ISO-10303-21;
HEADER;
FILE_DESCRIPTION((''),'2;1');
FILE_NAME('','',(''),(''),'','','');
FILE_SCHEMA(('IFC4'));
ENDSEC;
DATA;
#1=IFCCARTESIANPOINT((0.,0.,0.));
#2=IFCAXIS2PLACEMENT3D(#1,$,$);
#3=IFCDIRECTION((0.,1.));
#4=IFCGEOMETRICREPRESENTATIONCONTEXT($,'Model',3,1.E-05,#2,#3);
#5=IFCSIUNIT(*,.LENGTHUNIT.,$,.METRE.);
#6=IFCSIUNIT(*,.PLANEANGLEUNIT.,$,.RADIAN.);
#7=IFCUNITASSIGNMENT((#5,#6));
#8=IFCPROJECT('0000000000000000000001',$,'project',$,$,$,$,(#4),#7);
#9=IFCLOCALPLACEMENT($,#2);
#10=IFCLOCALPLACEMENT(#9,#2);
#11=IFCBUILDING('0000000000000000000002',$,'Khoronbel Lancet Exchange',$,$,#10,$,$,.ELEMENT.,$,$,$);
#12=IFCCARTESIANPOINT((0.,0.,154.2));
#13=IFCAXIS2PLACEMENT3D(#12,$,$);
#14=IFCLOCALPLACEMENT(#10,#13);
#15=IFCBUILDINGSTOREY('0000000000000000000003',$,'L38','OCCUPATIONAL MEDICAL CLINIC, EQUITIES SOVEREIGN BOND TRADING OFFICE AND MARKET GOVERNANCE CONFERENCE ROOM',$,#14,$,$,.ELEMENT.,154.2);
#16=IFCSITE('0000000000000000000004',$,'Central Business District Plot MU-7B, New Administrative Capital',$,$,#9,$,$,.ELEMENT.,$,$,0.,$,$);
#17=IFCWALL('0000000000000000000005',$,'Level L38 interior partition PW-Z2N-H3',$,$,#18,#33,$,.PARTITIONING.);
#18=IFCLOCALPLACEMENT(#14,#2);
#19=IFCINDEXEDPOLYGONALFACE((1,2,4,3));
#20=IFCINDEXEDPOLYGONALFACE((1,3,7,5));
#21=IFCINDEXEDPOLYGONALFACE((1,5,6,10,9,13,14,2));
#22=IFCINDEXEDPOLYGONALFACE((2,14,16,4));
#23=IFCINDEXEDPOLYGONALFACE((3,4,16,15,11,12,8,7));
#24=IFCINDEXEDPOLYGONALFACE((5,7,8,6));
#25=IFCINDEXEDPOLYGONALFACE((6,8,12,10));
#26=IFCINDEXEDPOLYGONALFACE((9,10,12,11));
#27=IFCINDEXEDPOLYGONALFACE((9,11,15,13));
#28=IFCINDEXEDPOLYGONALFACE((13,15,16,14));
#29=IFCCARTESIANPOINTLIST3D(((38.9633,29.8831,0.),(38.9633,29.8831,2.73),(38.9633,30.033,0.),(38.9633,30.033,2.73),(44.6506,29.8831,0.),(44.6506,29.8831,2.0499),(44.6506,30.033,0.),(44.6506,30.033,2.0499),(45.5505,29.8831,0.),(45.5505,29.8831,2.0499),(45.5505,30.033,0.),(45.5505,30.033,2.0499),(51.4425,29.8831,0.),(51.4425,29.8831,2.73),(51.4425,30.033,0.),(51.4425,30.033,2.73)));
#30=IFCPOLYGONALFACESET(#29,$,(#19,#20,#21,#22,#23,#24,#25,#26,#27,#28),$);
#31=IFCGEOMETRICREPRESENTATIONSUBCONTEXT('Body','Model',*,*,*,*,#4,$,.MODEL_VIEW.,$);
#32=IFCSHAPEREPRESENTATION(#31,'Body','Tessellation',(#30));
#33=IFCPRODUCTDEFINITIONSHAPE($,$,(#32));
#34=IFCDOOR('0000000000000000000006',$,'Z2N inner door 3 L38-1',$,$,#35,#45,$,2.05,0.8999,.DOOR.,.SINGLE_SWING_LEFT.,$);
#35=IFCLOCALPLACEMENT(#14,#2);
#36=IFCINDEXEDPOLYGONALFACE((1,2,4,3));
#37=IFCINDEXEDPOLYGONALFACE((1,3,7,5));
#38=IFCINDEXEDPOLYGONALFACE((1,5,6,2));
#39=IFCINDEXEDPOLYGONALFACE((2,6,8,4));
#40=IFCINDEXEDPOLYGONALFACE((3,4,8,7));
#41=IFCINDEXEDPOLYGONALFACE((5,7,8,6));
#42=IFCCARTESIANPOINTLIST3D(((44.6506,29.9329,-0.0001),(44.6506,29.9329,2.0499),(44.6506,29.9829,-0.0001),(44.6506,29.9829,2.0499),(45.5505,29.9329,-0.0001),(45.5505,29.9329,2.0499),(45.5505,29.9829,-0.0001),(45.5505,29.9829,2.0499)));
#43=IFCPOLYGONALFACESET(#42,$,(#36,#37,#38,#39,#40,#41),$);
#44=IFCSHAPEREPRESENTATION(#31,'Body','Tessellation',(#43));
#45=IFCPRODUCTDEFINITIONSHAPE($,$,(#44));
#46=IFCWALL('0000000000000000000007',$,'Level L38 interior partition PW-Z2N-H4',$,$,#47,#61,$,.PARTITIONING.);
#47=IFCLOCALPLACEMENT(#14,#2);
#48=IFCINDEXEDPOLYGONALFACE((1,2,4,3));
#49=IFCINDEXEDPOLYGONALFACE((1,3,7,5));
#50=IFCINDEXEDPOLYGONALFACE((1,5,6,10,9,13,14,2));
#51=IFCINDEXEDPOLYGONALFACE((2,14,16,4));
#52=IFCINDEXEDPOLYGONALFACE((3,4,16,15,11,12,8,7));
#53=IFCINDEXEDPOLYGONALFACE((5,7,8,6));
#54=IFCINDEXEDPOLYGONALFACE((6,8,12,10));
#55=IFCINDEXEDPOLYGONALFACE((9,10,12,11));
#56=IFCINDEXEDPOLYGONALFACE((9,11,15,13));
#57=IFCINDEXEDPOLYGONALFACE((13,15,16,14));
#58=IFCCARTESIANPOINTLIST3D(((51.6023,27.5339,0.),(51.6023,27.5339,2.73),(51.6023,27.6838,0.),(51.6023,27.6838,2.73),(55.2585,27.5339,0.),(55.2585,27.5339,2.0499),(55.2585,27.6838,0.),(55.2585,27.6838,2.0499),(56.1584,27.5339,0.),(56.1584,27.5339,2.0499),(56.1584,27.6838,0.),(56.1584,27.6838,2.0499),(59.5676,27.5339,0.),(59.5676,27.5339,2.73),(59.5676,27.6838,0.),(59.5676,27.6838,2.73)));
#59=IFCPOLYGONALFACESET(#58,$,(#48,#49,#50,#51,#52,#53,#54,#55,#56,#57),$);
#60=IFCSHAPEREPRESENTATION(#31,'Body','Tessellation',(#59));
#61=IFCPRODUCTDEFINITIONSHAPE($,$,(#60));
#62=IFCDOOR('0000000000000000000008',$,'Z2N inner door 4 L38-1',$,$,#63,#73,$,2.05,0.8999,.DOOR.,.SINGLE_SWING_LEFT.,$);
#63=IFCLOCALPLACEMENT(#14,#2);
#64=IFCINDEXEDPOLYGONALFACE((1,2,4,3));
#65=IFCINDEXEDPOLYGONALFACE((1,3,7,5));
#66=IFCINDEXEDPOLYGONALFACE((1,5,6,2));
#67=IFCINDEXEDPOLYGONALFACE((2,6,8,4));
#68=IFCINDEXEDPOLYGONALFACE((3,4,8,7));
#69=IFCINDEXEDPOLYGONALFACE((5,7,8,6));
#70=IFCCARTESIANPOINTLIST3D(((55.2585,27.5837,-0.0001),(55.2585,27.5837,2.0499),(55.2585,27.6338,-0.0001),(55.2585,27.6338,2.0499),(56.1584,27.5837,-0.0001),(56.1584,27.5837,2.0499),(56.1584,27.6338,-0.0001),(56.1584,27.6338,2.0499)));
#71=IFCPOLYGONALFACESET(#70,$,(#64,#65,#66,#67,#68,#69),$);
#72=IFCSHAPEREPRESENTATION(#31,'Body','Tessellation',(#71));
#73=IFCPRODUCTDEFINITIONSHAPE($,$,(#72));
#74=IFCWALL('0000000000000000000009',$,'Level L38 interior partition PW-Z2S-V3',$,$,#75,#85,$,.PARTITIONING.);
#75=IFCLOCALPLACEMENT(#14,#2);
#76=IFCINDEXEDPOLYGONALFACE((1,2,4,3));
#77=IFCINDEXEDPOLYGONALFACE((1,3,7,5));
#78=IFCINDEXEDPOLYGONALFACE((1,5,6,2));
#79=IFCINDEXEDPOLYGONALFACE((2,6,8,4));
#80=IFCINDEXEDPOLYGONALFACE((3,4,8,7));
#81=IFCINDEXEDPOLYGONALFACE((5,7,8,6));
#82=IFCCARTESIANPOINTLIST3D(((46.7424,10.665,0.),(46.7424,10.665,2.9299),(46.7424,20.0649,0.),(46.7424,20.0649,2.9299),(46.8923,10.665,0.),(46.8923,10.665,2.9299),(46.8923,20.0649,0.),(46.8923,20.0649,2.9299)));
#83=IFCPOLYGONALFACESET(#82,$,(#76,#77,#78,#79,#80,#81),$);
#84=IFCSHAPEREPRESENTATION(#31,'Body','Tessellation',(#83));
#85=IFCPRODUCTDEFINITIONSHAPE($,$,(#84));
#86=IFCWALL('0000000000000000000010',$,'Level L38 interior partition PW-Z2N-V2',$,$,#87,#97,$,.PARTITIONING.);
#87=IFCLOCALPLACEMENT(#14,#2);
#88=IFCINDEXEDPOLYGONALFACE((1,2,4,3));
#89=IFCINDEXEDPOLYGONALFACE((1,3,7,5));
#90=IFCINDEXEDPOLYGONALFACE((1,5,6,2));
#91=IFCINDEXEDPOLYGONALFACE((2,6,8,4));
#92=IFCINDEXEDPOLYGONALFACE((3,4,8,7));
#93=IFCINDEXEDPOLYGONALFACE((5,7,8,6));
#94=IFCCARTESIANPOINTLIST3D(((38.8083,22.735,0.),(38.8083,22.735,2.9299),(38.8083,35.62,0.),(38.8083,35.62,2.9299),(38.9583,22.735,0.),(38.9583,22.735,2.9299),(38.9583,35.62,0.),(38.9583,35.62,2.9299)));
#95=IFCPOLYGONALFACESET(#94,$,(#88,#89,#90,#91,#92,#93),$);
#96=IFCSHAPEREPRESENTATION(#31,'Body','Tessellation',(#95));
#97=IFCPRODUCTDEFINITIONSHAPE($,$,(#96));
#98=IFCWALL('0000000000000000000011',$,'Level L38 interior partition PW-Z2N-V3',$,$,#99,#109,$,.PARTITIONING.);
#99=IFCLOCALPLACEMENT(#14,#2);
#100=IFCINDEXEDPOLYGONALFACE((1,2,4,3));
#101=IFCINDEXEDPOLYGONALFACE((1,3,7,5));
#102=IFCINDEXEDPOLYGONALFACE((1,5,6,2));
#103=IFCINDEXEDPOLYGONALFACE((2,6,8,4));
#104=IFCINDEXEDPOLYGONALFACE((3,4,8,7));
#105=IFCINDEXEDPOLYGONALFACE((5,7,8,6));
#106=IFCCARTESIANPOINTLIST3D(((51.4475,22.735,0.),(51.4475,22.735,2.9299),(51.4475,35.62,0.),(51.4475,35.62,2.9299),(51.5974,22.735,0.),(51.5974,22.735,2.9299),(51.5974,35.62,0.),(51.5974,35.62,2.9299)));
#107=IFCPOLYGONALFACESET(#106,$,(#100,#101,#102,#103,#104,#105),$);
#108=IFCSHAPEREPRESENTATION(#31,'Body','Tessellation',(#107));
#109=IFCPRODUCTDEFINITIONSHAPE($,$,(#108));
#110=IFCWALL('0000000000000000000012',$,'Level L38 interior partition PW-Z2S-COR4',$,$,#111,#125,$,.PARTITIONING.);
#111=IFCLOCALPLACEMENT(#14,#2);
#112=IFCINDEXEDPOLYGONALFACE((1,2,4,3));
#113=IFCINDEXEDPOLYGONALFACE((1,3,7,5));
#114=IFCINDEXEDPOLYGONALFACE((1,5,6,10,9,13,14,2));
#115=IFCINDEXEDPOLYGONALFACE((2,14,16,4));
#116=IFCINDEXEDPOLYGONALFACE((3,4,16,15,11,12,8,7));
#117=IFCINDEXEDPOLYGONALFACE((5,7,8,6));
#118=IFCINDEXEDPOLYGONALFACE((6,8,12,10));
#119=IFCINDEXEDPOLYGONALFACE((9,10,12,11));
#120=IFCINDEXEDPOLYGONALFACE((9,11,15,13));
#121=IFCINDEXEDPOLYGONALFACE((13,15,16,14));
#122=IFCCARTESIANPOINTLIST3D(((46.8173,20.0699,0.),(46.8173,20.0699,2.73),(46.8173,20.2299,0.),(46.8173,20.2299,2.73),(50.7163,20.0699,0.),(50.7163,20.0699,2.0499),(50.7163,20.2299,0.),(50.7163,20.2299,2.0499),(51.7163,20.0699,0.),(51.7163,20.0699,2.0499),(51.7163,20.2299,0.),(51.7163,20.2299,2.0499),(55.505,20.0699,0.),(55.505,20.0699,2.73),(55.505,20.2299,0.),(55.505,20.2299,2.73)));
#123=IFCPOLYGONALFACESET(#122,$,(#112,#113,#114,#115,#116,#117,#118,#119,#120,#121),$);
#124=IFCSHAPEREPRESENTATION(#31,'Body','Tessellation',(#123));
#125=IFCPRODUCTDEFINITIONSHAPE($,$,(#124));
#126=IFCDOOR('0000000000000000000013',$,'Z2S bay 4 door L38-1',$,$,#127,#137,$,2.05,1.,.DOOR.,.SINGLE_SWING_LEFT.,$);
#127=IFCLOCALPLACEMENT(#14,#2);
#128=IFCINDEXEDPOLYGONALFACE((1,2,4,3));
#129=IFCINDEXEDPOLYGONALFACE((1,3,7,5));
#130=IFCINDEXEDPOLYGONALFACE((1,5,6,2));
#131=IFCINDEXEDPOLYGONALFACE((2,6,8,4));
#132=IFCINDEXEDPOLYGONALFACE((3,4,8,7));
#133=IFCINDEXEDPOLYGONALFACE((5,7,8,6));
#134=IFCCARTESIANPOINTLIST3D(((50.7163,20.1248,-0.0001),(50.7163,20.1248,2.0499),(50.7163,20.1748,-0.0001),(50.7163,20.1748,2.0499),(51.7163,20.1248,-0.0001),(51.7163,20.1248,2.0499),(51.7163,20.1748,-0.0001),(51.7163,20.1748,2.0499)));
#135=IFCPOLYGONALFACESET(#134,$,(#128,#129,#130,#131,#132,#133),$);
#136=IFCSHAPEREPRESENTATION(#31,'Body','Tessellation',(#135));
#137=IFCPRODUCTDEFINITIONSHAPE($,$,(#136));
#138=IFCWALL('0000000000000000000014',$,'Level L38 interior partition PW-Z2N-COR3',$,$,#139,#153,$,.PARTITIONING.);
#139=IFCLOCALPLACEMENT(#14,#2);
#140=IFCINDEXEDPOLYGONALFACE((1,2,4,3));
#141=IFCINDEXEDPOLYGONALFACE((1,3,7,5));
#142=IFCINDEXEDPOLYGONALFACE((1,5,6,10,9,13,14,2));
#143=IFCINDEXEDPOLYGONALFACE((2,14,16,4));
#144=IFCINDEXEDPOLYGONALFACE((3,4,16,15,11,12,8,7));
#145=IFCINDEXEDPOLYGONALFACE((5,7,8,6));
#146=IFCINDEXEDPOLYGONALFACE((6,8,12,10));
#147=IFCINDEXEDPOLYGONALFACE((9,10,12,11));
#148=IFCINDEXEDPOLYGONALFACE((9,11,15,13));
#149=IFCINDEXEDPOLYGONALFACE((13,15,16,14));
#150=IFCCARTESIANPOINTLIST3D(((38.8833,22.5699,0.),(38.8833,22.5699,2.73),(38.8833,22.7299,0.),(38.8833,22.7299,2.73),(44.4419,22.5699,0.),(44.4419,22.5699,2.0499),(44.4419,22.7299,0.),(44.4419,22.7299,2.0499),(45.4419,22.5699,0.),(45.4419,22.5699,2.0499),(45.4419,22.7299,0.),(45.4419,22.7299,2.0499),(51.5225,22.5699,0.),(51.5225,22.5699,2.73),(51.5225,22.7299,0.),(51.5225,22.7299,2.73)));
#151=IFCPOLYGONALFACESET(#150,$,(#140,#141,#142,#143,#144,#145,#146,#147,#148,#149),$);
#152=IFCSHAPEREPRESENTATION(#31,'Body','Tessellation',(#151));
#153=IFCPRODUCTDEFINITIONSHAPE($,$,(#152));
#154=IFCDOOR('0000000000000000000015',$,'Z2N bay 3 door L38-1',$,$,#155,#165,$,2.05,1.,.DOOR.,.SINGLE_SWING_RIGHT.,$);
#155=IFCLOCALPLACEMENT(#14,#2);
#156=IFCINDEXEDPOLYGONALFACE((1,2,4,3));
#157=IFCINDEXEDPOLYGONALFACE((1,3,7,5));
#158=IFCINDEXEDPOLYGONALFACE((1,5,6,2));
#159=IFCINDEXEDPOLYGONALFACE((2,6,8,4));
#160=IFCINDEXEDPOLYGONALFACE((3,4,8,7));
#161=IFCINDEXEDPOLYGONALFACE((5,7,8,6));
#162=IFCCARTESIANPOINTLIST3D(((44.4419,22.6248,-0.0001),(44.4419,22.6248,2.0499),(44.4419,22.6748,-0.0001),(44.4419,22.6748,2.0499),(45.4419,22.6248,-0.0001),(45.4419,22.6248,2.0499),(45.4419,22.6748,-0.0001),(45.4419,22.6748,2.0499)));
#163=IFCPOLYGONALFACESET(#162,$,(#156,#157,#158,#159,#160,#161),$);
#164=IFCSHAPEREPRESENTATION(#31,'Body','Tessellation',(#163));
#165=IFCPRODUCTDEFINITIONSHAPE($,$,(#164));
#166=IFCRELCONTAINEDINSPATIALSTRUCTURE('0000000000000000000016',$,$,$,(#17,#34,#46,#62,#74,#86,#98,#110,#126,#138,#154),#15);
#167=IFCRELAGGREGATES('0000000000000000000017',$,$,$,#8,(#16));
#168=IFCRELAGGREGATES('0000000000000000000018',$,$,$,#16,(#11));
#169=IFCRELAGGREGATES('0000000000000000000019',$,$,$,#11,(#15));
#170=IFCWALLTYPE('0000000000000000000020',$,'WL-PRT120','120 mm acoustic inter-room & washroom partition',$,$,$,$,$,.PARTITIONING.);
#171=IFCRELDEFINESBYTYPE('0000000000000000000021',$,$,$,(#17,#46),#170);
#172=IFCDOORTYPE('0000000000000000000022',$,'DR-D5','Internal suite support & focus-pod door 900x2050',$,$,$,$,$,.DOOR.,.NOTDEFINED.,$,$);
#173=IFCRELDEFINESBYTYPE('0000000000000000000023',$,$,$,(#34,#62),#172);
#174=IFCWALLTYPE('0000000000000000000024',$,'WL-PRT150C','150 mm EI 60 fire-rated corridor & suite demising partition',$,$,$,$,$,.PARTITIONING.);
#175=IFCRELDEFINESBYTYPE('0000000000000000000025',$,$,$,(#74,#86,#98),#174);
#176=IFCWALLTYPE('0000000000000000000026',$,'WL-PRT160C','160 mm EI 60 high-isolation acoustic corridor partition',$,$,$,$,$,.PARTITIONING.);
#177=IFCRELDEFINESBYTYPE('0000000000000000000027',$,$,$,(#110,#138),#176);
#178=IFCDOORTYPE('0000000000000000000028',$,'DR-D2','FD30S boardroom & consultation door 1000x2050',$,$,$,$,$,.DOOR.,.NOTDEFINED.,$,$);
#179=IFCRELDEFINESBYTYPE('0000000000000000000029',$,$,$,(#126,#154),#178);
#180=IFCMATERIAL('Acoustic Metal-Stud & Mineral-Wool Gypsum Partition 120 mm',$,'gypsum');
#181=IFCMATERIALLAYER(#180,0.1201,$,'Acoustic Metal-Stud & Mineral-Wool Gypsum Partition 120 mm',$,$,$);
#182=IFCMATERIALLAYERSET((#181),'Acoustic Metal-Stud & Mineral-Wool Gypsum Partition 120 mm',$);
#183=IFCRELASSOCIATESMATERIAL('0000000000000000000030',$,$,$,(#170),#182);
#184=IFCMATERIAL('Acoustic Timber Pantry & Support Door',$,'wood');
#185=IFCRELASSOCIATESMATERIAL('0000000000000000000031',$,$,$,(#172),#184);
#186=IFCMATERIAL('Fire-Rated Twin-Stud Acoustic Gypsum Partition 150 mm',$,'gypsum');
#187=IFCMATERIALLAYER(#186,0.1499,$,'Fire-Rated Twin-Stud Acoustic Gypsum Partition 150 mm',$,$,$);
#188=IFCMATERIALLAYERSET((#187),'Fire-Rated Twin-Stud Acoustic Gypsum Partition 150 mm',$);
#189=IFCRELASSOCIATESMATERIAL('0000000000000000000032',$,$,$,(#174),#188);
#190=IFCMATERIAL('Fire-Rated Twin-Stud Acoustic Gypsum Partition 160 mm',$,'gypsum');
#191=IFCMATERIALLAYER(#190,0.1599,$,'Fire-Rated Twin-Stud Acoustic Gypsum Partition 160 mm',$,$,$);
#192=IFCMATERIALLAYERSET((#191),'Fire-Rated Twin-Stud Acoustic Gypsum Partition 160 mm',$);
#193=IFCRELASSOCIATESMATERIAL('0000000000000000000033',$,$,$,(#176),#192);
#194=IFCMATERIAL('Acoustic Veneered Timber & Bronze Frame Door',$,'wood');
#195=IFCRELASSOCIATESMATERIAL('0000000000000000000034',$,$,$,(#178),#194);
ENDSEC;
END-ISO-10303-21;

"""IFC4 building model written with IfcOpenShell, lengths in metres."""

from ifc_helpers import new_model, si_unit, direction, frame, frame_2d, origin, place, context, subcontext, project, spatial, rectangle, extrude, material, layer, layer_set, type_object, element, fill, save


model = new_model("IFC4")

# Units and contexts
model_context = context("Model", 3, precision=1e-05, world=origin(), true_north=direction((0.0, 1.0)))
body_context = subcontext(model_context, "Body", "Model", "MODEL_VIEW")
ifc_project = project(units=[si_unit("LENGTHUNIT", "METRE"), si_unit("PLANEANGLEUNIT", "RADIAN")], contexts=[model_context])

# Site, building, storey
site_placement = place(None, origin())
site = spatial("IfcSite", under=ifc_project, at=site_placement, Name="Central Business District Plot MU-7B, New Administrative Capital", CompositionType="ELEMENT", RefElevation=0.0)
building_placement = place(site_placement, origin())
building = spatial("IfcBuilding", under=site, at=building_placement, Name="Khoronbel Lancet Exchange", CompositionType="ELEMENT")
storey_placement = place(building_placement, frame((0.0, 0.0, 154.2)))
storey = spatial("IfcBuildingStorey", under=building, at=storey_placement, Name="L38", Description="OCCUPATIONAL MEDICAL CLINIC, EQUITIES SOVEREIGN BOND TRADING OFFICE AND MARKET GOVERNANCE CONFERENCE ROOM", CompositionType="ELEMENT", Elevation=154.2)

# Walls, openings, doors
ifc_material_1 = material(Name="Acoustic Metal-Stud & Mineral-Wool Gypsum Partition 120 mm", Category="gypsum")
ifc_layer_1 = layer(ifc_material_1, 0.1201, Name="Acoustic Metal-Stud & Mineral-Wool Gypsum Partition 120 mm")
ifc_layer_set_1 = layer_set([ifc_layer_1], Name="Acoustic Metal-Stud & Mineral-Wool Gypsum Partition 120 mm")
wall_type_1 = type_object("IfcWallType", Name="WL-PRT120", Description="120 mm acoustic inter-room & washroom partition", PredefinedType="PARTITIONING", material=ifc_layer_set_1)
ifc_material_2 = material(Name="Acoustic Timber Pantry & Support Door", Category="wood")
door_type_1 = type_object("IfcDoorType", Name="DR-D5", Description="Internal suite support & focus-pod door 900x2050", OperationType="NOTDEFINED", PredefinedType="DOOR", material=ifc_material_2)
wall_1_placement = place(storey_placement, frame((38.9631, 29.958, 0.0), z_axis=(0.0, 0.0, 1.0), x_axis=(1.0, 0.0, 0.0)))
wall_1 = element("IfcWall", 1, at=wall_1_placement, inside=storey, type_object=wall_type_1, Name="Level L38 interior partition PW-Z2N-H3", PredefinedType="PARTITIONING", context=body_context, shape_type="SweptSolid", body=[
    extrude(rectangle(XDim=12.4792, YDim=0.1499, at=frame_2d((6.2397, 0.0))), origin(), (0.0, 0.0, 1.0), 2.73),
])
opening_1_placement = place(wall_1_placement, frame((5.6875, 0.0, 0.0)))
opening_1 = element("IfcOpeningElement", 2, at=opening_1_placement, cuts=wall_1, PredefinedType="OPENING", context=body_context, shape_type="SweptSolid", body=[
    extrude(rectangle(XDim=0.8999, YDim=2.05, at=frame_2d((0.45, 1.0249))), frame((0.0, 0.085, 0.0), z_axis=(0.0, -1.0, 0.0), x_axis=(1.0, 0.0, 0.0)), (0.0, 0.0, 1.0), 0.1699),
])
door_1_placement = place(opening_1_placement, origin())
door_1 = element("IfcDoor", 3, at=door_1_placement, inside=storey, type_object=door_type_1, Name="Z2N inner door 3 L38-1", OperationType="SINGLE_SWING_LEFT", OverallHeight=2.05, OverallWidth=0.8999, PredefinedType="DOOR", context=body_context, shape_type="SweptSolid", body=[
    extrude(rectangle(XDim=0.8999, YDim=2.05, at=frame_2d((0.45, 1.0249))), frame((0.0, 0.0249, 0.0), z_axis=(0.0, -1.0, 0.0), x_axis=(1.0, 0.0, 0.0)), (0.0, 0.0, 1.0), 0.05),
])
fill(opening_1, door_1)
wall_2_placement = place(storey_placement, frame((51.6023, 27.6089, 0.0), z_axis=(0.0, 0.0, 1.0), x_axis=(1.0, 0.0, 0.0)))
wall_2 = element("IfcWall", 4, at=wall_2_placement, inside=storey, type_object=wall_type_1, Name="Level L38 interior partition PW-Z2N-H4", PredefinedType="PARTITIONING", context=body_context, shape_type="SweptSolid", body=[
    extrude(rectangle(XDim=7.9653, YDim=0.1499, at=frame_2d((3.9827, 0.0))), origin(), (0.0, 0.0, 1.0), 2.73),
])
opening_2_placement = place(wall_2_placement, frame((3.6562, 0.0, 0.0)))
opening_2 = element("IfcOpeningElement", 5, at=opening_2_placement, cuts=wall_2, PredefinedType="OPENING", context=body_context, shape_type="SweptSolid", body=[
    extrude(rectangle(XDim=0.8999, YDim=2.05, at=frame_2d((0.45, 1.0249))), frame((0.0, 0.085, 0.0), z_axis=(0.0, -1.0, 0.0), x_axis=(1.0, 0.0, 0.0)), (0.0, 0.0, 1.0), 0.1699),
])
door_2_placement = place(opening_2_placement, origin())
door_2 = element("IfcDoor", 6, at=door_2_placement, inside=storey, type_object=door_type_1, Name="Z2N inner door 4 L38-1", OperationType="SINGLE_SWING_LEFT", OverallHeight=2.05, OverallWidth=0.8999, PredefinedType="DOOR", context=body_context, shape_type="SweptSolid", body=[
    extrude(rectangle(XDim=0.8999, YDim=2.05, at=frame_2d((0.45, 1.0249))), frame((0.0, 0.0249, 0.0), z_axis=(0.0, -1.0, 0.0), x_axis=(1.0, 0.0, 0.0)), (0.0, 0.0, 1.0), 0.05),
])
fill(opening_2, door_2)

# Walls
ifc_material_3 = material(Name="Fire-Rated Twin-Stud Acoustic Gypsum Partition 150 mm", Category="gypsum")
ifc_layer_2 = layer(ifc_material_3, 0.1499, Name="Fire-Rated Twin-Stud Acoustic Gypsum Partition 150 mm")
ifc_layer_set_2 = layer_set([ifc_layer_2], Name="Fire-Rated Twin-Stud Acoustic Gypsum Partition 150 mm")
wall_type_2 = type_object("IfcWallType", Name="WL-PRT150C", Description="150 mm EI 60 fire-rated corridor & suite demising partition", PredefinedType="PARTITIONING", material=ifc_layer_set_2)
wall_3_placement = place(storey_placement, frame((46.8174, 10.665, 0.0), z_axis=(0.0, 0.0, 1.0), x_axis=(0.0, 1.0, 0.0)))
element("IfcWall", 7, at=wall_3_placement, inside=storey, type_object=wall_type_2, Name="Level L38 interior partition PW-Z2S-V3", PredefinedType="PARTITIONING", context=body_context, shape_type="SweptSolid", body=[
    extrude(rectangle(XDim=9.3999, YDim=0.1499, at=frame_2d((4.7, 0.0))), origin(), (0.0, 0.0, 1.0), 2.9299),
])
for number, where, z_axis, x_axis, name in (
    (8, (38.8833, 22.7351, 0.0), (0.0, 0.0, 1.0), (0.0, 1.0, 0.0), "Level L38 interior partition PW-Z2N-V2"),
    (9, (51.5225, 22.7351, 0.0), (0.0, 0.0, 1.0), (0.0, 1.0, 0.0), "Level L38 interior partition PW-Z2N-V3"),
):
    element("IfcWall", number, at=place(storey_placement, frame(where, z_axis=z_axis, x_axis=x_axis)), inside=storey, type_object=wall_type_2, Name=name, PredefinedType="PARTITIONING", context=body_context, shape_type="SweptSolid", body=[
        extrude(rectangle(XDim=12.885, YDim=0.1499, at=frame_2d((6.4424, 0.0))), origin(), (0.0, 0.0, 1.0), 2.9299),
    ])

# Walls, openings, doors
ifc_material_4 = material(Name="Fire-Rated Twin-Stud Acoustic Gypsum Partition 160 mm", Category="gypsum")
ifc_layer_3 = layer(ifc_material_4, 0.1599, Name="Fire-Rated Twin-Stud Acoustic Gypsum Partition 160 mm")
ifc_layer_set_3 = layer_set([ifc_layer_3], Name="Fire-Rated Twin-Stud Acoustic Gypsum Partition 160 mm")
wall_type_3 = type_object("IfcWallType", Name="WL-PRT160C", Description="160 mm EI 60 high-isolation acoustic corridor partition", PredefinedType="PARTITIONING", material=ifc_layer_set_3)
wall_4_placement = place(storey_placement, frame((46.8174, 20.1499, 0.0), z_axis=(0.0, 0.0, 1.0), x_axis=(1.0, 0.0, 0.0)))
wall_4 = element("IfcWall", 10, at=wall_4_placement, inside=storey, type_object=wall_type_3, Name="Level L38 interior partition PW-Z2S-COR4", PredefinedType="PARTITIONING", context=body_context, shape_type="SweptSolid", body=[
    extrude(rectangle(XDim=8.6877, YDim=0.1599, at=frame_2d((4.3438, 0.0))), origin(), (0.0, 0.0, 1.0), 2.73),
])
opening_3_placement = place(wall_4_placement, frame((3.8989, 0.0, 0.0)))
opening_3 = element("IfcOpeningElement", 11, at=opening_3_placement, cuts=wall_4, PredefinedType="OPENING", context=body_context, shape_type="SweptSolid", body=[
    extrude(rectangle(XDim=1.0, YDim=2.05, at=frame_2d((0.5, 1.0249))), frame((0.0, 0.0898, 0.0), z_axis=(0.0, -1.0, 0.0), x_axis=(1.0, 0.0, 0.0)), (0.0, 0.0, 1.0), 0.1799),
])
ifc_material_5 = material(Name="Acoustic Veneered Timber & Bronze Frame Door", Category="wood")
door_type_2 = type_object("IfcDoorType", Name="DR-D2", Description="FD30S boardroom & consultation door 1000x2050", OperationType="NOTDEFINED", PredefinedType="DOOR", material=ifc_material_5)
door_3_placement = place(opening_3_placement, origin())
door_3 = element("IfcDoor", 12, at=door_3_placement, inside=storey, type_object=door_type_2, Name="Z2S bay 4 door L38-1", OperationType="SINGLE_SWING_LEFT", OverallHeight=2.05, OverallWidth=1.0, PredefinedType="DOOR", context=body_context, shape_type="SweptSolid", body=[
    extrude(rectangle(XDim=1.0, YDim=2.05, at=frame_2d((0.5, 1.0249))), frame((0.0, 0.0249, 0.0), z_axis=(0.0, -1.0, 0.0), x_axis=(1.0, 0.0, 0.0)), (0.0, 0.0, 1.0), 0.05),
])
fill(opening_3, door_3)
wall_5_placement = place(storey_placement, frame((38.8833, 22.6499, 0.0), z_axis=(0.0, 0.0, 1.0), x_axis=(1.0, 0.0, 0.0)))
wall_5 = element("IfcWall", 13, at=wall_5_placement, inside=storey, type_object=wall_type_3, Name="Level L38 interior partition PW-Z2N-COR3", PredefinedType="PARTITIONING", context=body_context, shape_type="SweptSolid", body=[
    extrude(rectangle(XDim=12.6392, YDim=0.1599, at=frame_2d((6.3196, 0.0))), origin(), (0.0, 0.0, 1.0), 2.73),
])
opening_4_placement = place(wall_5_placement, frame((5.5586, 0.0, 0.0)))
opening_4 = element("IfcOpeningElement", 14, at=opening_4_placement, cuts=wall_5, PredefinedType="OPENING", context=body_context, shape_type="SweptSolid", body=[
    extrude(rectangle(XDim=1.0, YDim=2.05, at=frame_2d((0.5, 1.0249))), frame((0.0, 0.0898, 0.0), z_axis=(0.0, -1.0, 0.0), x_axis=(1.0, 0.0, 0.0)), (0.0, 0.0, 1.0), 0.1799),
])
door_4_placement = place(opening_4_placement, origin())
door_4 = element("IfcDoor", 15, at=door_4_placement, inside=storey, type_object=door_type_2, Name="Z2N bay 3 door L38-1", OperationType="SINGLE_SWING_RIGHT", OverallHeight=2.05, OverallWidth=1.0, PredefinedType="DOOR", context=body_context, shape_type="SweptSolid", body=[
    extrude(rectangle(XDim=1.0, YDim=2.05, at=frame_2d((0.5, 1.0249))), frame((0.0, 0.0249, 0.0), z_axis=(0.0, -1.0, 0.0), x_axis=(1.0, 0.0, 0.0)), (0.0, 0.0, 1.0), 0.05),
])
fill(opening_4, door_4)

save(model, "model.ifc")
